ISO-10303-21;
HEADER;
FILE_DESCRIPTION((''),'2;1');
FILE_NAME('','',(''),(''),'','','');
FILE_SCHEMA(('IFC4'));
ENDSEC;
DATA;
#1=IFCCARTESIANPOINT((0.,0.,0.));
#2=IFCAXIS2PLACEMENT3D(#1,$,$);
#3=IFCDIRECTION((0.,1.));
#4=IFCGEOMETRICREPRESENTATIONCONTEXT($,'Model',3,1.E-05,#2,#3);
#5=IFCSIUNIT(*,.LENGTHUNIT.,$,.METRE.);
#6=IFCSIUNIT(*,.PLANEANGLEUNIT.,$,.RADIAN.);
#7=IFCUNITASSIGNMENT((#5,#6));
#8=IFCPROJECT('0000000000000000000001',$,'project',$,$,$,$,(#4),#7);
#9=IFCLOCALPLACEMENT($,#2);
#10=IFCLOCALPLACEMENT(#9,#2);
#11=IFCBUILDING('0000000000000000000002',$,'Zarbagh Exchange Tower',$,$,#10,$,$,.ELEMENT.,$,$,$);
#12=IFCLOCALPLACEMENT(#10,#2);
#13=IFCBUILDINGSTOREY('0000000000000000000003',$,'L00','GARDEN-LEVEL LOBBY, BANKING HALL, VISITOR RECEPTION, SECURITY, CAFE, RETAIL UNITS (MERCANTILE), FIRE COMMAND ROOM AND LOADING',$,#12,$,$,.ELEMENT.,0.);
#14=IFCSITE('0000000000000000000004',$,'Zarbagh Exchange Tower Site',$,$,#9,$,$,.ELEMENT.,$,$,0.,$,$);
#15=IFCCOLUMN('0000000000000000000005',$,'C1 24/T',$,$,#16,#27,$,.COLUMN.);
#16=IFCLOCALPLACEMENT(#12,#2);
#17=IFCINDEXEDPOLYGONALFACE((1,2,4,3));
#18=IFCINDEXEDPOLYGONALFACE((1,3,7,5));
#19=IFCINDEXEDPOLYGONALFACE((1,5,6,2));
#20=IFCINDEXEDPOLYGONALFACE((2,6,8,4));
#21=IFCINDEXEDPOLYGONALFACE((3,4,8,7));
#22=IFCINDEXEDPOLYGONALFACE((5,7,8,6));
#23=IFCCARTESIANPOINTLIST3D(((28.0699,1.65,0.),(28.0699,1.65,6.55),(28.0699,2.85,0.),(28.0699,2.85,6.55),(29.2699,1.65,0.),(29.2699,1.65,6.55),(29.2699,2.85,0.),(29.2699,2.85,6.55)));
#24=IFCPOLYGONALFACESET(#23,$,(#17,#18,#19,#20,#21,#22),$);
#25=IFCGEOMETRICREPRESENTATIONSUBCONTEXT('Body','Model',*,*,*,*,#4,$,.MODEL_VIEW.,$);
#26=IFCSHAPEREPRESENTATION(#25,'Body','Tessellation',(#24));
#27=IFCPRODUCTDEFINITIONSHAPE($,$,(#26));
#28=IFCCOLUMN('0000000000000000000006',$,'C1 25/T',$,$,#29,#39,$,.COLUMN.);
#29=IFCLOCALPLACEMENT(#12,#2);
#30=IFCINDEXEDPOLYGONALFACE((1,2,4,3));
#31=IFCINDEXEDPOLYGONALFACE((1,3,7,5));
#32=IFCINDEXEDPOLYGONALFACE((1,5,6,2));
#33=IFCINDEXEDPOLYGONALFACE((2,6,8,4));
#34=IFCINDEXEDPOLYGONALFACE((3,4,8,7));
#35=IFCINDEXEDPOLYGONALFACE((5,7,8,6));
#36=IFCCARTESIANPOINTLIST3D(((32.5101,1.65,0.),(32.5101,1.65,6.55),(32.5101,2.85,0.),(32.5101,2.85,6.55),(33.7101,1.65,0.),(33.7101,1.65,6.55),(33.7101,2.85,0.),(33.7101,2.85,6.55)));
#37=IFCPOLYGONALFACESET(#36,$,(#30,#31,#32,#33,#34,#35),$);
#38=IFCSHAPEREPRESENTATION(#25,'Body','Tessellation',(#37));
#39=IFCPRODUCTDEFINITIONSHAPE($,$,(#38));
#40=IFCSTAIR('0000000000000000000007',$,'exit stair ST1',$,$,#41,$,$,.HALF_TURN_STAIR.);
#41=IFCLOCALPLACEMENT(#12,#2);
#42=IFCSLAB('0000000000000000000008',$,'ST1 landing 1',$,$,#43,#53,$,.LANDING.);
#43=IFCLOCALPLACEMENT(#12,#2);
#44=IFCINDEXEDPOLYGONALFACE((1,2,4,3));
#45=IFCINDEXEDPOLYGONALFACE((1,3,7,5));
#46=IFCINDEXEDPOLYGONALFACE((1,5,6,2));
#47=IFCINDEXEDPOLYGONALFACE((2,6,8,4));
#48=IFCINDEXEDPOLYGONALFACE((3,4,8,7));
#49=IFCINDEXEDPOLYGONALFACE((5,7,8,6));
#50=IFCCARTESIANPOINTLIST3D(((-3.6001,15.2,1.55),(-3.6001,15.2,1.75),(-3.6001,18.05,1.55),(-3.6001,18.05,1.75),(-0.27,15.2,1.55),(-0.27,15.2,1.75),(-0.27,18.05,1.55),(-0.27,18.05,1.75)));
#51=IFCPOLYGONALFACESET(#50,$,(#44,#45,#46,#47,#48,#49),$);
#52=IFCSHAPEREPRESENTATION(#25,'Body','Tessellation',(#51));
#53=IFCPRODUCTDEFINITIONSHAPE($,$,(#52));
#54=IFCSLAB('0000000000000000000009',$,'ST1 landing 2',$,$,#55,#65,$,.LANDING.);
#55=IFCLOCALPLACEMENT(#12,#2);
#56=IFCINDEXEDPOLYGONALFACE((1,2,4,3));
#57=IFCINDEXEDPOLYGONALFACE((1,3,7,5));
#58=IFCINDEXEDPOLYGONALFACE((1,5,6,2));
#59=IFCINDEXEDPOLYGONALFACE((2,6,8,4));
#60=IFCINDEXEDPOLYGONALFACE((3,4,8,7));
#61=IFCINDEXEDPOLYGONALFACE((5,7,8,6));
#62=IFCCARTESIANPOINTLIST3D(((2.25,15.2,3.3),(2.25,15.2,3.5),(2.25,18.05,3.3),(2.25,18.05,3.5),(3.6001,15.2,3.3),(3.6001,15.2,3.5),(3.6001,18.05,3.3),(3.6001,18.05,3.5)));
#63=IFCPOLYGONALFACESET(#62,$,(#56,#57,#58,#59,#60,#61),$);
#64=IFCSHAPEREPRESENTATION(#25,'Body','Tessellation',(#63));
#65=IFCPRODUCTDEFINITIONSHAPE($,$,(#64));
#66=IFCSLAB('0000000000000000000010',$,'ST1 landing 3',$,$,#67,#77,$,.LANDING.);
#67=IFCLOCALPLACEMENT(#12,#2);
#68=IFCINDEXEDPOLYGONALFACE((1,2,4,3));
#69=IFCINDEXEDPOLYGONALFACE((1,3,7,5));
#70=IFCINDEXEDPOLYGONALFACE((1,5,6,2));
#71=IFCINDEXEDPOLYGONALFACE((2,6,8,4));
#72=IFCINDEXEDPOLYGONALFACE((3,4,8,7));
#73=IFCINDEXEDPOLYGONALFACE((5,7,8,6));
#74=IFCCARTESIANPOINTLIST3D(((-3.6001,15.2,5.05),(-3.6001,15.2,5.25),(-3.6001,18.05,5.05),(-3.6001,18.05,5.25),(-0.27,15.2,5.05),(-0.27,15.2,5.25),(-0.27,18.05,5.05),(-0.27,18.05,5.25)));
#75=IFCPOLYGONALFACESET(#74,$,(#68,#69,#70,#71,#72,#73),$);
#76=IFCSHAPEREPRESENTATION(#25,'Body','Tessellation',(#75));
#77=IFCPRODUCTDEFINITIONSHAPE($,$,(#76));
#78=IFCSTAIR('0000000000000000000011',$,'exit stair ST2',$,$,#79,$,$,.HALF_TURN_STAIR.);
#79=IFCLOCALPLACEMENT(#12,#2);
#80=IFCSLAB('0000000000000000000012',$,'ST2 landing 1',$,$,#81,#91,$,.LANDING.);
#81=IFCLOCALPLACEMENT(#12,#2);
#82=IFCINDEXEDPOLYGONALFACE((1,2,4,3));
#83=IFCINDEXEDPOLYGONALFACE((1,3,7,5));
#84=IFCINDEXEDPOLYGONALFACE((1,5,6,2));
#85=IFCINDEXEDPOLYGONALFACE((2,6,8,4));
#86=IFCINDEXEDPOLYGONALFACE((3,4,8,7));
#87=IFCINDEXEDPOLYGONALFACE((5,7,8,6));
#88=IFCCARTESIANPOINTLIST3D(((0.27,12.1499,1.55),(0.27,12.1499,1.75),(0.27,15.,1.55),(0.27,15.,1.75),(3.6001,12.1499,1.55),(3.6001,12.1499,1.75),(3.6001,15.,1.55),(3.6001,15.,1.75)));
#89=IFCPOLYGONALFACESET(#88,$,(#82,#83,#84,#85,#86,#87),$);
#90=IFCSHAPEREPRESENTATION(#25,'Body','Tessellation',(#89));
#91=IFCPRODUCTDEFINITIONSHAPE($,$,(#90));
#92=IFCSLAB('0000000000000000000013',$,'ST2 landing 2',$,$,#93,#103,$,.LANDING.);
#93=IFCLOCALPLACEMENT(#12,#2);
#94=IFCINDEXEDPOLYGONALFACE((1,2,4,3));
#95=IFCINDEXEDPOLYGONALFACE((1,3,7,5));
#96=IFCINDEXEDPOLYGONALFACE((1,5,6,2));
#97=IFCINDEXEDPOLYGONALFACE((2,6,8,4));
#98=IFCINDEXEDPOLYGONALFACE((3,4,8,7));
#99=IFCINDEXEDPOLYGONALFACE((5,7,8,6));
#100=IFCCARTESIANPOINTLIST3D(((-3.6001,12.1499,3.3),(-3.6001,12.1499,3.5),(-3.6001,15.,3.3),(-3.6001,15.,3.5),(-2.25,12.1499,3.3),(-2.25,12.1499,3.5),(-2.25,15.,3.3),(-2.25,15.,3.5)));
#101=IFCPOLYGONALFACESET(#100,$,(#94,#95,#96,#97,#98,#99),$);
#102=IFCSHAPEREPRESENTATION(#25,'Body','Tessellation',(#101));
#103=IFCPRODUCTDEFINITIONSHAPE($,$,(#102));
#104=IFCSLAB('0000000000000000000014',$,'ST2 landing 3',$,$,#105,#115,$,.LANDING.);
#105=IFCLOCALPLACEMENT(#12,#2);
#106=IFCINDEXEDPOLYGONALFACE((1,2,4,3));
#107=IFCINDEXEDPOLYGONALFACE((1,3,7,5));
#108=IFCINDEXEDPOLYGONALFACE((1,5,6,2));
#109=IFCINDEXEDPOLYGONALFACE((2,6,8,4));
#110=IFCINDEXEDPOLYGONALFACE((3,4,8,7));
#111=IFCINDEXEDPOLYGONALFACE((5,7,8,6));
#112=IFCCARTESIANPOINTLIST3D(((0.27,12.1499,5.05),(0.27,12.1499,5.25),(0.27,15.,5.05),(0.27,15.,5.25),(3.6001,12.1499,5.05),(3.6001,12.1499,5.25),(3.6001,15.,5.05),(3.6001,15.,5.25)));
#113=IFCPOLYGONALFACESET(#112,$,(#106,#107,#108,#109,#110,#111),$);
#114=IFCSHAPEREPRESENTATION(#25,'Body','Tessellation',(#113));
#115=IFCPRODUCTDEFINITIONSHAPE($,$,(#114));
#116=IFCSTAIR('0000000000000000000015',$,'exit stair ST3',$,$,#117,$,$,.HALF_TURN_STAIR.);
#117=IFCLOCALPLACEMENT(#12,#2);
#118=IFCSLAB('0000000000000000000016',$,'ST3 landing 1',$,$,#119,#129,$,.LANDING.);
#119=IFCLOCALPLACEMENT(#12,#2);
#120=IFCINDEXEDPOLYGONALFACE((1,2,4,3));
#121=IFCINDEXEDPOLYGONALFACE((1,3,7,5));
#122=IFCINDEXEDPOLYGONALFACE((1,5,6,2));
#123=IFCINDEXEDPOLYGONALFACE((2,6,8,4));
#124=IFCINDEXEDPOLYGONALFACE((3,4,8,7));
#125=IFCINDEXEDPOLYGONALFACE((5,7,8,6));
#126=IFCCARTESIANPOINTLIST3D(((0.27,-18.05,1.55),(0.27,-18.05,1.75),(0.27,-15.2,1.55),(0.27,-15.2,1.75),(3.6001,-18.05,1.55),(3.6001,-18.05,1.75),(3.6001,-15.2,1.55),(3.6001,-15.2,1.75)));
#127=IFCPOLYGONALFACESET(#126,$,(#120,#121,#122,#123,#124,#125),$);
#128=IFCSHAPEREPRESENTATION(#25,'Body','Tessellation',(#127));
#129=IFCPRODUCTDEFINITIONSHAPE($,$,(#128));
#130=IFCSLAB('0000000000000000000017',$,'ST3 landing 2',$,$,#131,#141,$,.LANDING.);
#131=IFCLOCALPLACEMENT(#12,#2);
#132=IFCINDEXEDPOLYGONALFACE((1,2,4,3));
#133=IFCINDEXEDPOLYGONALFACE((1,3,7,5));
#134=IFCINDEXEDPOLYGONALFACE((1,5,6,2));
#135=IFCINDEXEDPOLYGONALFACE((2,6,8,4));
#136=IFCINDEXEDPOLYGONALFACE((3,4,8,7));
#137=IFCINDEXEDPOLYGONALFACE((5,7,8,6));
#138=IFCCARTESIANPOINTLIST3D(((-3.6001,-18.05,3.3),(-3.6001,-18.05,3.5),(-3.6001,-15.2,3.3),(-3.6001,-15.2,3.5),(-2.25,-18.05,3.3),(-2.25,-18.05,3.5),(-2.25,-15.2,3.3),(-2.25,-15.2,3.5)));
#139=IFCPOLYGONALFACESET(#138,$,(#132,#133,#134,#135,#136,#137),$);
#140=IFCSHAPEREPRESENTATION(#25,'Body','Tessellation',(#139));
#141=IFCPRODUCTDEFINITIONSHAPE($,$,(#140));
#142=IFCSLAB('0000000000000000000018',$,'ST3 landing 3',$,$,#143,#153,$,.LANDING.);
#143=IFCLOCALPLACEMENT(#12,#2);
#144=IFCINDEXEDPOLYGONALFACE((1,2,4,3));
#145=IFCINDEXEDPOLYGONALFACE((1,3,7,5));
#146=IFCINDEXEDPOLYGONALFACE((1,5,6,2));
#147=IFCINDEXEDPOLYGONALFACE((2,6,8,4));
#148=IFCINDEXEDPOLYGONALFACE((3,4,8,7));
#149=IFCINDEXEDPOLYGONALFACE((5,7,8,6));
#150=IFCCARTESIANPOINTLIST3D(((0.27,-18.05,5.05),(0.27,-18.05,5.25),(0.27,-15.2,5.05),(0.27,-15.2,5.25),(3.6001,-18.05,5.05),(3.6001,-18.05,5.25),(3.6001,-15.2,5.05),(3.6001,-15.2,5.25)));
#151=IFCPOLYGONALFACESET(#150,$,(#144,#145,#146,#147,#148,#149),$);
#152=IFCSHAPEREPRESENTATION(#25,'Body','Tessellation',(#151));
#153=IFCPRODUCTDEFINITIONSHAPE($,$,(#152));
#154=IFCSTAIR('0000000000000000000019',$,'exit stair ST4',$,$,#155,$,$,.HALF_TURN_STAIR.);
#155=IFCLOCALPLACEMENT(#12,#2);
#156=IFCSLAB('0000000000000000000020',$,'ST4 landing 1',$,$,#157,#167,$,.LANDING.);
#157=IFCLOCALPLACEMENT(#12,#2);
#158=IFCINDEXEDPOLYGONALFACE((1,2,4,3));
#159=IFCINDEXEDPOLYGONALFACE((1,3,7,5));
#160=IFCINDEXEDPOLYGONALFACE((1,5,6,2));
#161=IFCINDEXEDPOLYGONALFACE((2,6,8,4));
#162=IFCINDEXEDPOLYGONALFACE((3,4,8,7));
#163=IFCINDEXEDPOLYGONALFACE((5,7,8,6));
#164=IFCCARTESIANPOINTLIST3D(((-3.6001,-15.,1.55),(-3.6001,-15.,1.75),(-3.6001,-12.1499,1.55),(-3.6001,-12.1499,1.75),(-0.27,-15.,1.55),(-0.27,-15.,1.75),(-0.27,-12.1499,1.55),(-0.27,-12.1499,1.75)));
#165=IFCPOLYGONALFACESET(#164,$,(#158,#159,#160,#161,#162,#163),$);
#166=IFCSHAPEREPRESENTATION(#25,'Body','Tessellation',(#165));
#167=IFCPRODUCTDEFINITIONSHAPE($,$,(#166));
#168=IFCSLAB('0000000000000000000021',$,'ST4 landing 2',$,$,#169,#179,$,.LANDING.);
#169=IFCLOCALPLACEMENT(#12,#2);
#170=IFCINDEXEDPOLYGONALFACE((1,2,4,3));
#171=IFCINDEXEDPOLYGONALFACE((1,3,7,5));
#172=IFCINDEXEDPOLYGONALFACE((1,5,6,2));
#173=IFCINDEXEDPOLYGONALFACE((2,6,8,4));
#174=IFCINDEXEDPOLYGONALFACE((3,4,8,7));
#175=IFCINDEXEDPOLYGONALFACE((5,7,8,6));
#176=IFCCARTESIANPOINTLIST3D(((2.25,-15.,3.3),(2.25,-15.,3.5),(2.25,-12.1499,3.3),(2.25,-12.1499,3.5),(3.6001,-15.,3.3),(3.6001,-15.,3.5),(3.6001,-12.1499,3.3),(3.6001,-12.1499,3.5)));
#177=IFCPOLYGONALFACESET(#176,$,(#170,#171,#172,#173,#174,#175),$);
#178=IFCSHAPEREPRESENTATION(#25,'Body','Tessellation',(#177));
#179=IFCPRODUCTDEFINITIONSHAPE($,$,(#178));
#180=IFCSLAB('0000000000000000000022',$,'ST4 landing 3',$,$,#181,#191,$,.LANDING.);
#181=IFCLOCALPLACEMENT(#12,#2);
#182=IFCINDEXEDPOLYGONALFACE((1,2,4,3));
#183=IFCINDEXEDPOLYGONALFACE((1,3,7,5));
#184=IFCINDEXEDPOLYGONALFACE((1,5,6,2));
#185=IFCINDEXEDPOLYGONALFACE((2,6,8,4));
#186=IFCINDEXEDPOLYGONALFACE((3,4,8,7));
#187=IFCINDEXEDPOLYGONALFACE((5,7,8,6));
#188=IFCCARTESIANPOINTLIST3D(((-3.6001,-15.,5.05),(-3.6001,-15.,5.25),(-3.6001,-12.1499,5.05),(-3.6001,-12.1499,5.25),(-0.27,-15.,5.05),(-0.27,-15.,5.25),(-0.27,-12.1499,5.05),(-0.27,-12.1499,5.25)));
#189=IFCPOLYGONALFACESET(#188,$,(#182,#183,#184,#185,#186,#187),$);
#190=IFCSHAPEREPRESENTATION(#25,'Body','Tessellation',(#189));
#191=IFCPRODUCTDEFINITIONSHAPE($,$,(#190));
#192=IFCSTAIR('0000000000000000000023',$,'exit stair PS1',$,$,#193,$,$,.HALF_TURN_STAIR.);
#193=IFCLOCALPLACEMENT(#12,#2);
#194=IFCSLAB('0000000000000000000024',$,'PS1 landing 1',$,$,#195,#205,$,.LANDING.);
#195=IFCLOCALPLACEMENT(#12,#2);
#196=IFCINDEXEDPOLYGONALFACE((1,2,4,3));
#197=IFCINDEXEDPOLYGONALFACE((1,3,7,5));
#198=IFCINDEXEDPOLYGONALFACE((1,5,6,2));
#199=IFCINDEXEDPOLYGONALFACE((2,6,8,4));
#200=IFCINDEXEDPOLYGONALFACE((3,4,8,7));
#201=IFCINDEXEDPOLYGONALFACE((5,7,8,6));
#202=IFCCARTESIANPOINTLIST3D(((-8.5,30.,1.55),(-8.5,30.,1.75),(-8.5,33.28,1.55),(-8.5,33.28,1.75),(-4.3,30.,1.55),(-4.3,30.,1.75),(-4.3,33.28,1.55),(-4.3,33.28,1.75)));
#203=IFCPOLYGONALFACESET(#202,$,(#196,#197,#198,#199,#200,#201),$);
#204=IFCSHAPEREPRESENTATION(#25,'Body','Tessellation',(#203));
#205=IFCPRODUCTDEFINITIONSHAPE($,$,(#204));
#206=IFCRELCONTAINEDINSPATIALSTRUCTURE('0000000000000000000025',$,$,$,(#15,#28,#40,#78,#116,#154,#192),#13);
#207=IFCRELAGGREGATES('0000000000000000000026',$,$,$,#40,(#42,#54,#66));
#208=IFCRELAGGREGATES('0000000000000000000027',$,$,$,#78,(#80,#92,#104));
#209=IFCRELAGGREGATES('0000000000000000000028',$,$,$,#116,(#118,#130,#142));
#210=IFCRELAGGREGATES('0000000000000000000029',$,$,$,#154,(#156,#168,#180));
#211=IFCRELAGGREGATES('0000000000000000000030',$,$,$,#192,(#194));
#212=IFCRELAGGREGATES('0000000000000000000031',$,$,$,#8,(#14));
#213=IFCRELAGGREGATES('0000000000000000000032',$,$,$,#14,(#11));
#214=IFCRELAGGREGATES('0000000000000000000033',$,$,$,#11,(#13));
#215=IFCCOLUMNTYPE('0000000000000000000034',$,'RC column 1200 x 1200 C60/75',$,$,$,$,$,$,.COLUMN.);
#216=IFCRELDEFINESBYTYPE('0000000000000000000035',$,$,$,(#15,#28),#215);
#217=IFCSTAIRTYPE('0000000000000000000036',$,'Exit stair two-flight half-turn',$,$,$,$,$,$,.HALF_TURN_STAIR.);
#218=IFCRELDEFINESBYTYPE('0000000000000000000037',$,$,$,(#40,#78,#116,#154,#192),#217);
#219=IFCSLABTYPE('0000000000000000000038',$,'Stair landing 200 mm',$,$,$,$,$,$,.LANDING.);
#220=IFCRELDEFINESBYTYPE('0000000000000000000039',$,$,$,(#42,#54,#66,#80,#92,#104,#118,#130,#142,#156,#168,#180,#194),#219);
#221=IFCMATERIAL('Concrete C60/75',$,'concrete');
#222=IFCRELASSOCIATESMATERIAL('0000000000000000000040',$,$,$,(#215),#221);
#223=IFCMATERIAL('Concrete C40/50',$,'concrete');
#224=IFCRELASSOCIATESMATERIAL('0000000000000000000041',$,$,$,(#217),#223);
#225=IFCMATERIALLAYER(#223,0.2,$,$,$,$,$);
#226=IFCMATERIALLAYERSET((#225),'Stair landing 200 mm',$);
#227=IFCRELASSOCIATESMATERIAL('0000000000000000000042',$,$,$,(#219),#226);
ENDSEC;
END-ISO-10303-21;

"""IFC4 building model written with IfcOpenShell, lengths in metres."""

from ifc_helpers import new_model, si_unit, direction, frame, origin, origin_2d, place, context, subcontext, project, spatial, polyline, rectangle, outline, extrude, material, layer, layer_set, material_profile, profile_set, type_object, element, aggregate, save


model = new_model("IFC4")

# Units and contexts
model_context = context("Model", 3, precision=1e-05, world=origin(), true_north=direction((0.0, 1.0)))
body_context = subcontext(model_context, "Body", "Model", "MODEL_VIEW")
ifc_project = project(units=[si_unit("LENGTHUNIT", "METRE"), si_unit("PLANEANGLEUNIT", "RADIAN")], contexts=[model_context])

# Site, building, storey
site_placement = place(None, origin())
site = spatial("IfcSite", under=ifc_project, at=site_placement, Name="Zarbagh Exchange Tower Site", CompositionType="ELEMENT", RefElevation=0.0)
building_placement = place(site_placement, origin())
building = spatial("IfcBuilding", under=site, at=building_placement, Name="Zarbagh Exchange Tower", CompositionType="ELEMENT")
storey_placement = place(building_placement, origin())
storey = spatial("IfcBuildingStorey", under=building, at=storey_placement, Name="L00", Description="GARDEN-LEVEL LOBBY, BANKING HALL, VISITOR RECEPTION, SECURITY, CAFE, RETAIL UNITS (MERCANTILE), FIRE COMMAND ROOM AND LOADING", CompositionType="ELEMENT", Elevation=0.0)

# Columns
ifc_material_1 = material(Name="Concrete C60/75", Category="concrete")
ifc_material_profile = material_profile(ifc_material_1, rectangle(XDim=1.2, YDim=1.2, at=origin_2d()), Name="RC column 1200 x 1200 C60/75")
ifc_profile_set = profile_set([ifc_material_profile], Name="Concrete C60/75")
column_type = type_object("IfcColumnType", Name="RC column 1200 x 1200 C60/75", PredefinedType="COLUMN", material=ifc_profile_set)
for number, where, z_axis, x_axis, name in (
    (1, (28.6699, 2.25, 0.0), (0.0, 0.0, 1.0), (1.0, 0.0, 0.0), "C1 24/T"),
    (2, (33.1101, 2.25, 0.0), (0.0, 0.0, 1.0), (1.0, 0.0, 0.0), "C1 25/T"),
):
    element("IfcColumn", number, at=place(storey_placement, frame(where, z_axis=z_axis, x_axis=x_axis)), inside=storey, type_object=column_type, Name=name, PredefinedType="COLUMN", context=body_context, shape_type="SweptSolid", body=[
        extrude(rectangle(XDim=1.2, YDim=1.2, at=origin_2d()), origin(), (0.0, 0.0, 1.0), 6.55),
    ])

# Stairs, slabs
ifc_material_2 = material(Name="Concrete C40/50", Category="concrete")
stair_type = type_object("IfcStairType", Name="Exit stair two-flight half-turn", PredefinedType="HALF_TURN_STAIR", material=ifc_material_2)
stair_1_placement = place(storey_placement, origin())
stair_1 = element("IfcStair", 3, at=stair_1_placement, inside=storey, type_object=stair_type, Name="exit stair ST1", PredefinedType="HALF_TURN_STAIR")
ifc_layer_1 = layer(ifc_material_2, 0.2)
ifc_layer_set_1 = layer_set([ifc_layer_1], Name="Stair landing 200 mm")
slab_type_1 = type_object("IfcSlabType", Name="Stair landing 200 mm", PredefinedType="LANDING", material=ifc_layer_set_1)
slab_1_placement = place(storey_placement, frame((0.0, 0.0, 1.55)))
slab_1 = element("IfcSlab", 4, at=slab_1_placement, type_object=slab_type_1, Name="ST1 landing 1", PredefinedType="LANDING", context=body_context, shape_type="SweptSolid", body=[
    extrude(outline(polyline([(-0.27, 18.05), (-3.6001, 18.05), (-3.6001, 15.2), (-0.27, 15.2), (-0.27, 18.05)])), origin(), (0.0, 0.0, 1.0), 0.2),
])
slab_2_placement = place(storey_placement, frame((0.0, 0.0, 3.3)))
slab_2 = element("IfcSlab", 5, at=slab_2_placement, type_object=slab_type_1, Name="ST1 landing 2", PredefinedType="LANDING", context=body_context, shape_type="SweptSolid", body=[
    extrude(outline(polyline([(3.6001, 18.05), (2.25, 18.05), (2.25, 15.2), (3.6001, 15.2), (3.6001, 18.05)])), origin(), (0.0, 0.0, 1.0), 0.2),
])
slab_3_placement = place(storey_placement, frame((0.0, 0.0, 5.05)))
slab_3 = element("IfcSlab", 6, at=slab_3_placement, type_object=slab_type_1, Name="ST1 landing 3", PredefinedType="LANDING", context=body_context, shape_type="SweptSolid", body=[
    extrude(outline(polyline([(-0.27, 18.05), (-3.6001, 18.05), (-3.6001, 15.2), (-0.27, 15.2), (-0.27, 18.05)])), origin(), (0.0, 0.0, 1.0), 0.2),
])
aggregate(stair_1, [slab_1, slab_2, slab_3])
stair_2_placement = place(storey_placement, origin())
stair_2 = element("IfcStair", 7, at=stair_2_placement, inside=storey, type_object=stair_type, Name="exit stair ST2", PredefinedType="HALF_TURN_STAIR")
slab_4_placement = place(storey_placement, frame((0.0, 0.0, 1.55)))
slab_4 = element("IfcSlab", 8, at=slab_4_placement, type_object=slab_type_1, Name="ST2 landing 1", PredefinedType="LANDING", context=body_context, shape_type="SweptSolid", body=[
    extrude(outline(polyline([(0.27, 12.1499), (3.6001, 12.1499), (3.6001, 15.0), (0.27, 15.0), (0.27, 12.1499)])), origin(), (0.0, 0.0, 1.0), 0.2),
])
slab_5_placement = place(storey_placement, frame((0.0, 0.0, 3.3)))
slab_5 = element("IfcSlab", 9, at=slab_5_placement, type_object=slab_type_1, Name="ST2 landing 2", PredefinedType="LANDING", context=body_context, shape_type="SweptSolid", body=[
    extrude(outline(polyline([(-3.6001, 12.1499), (-2.25, 12.1499), (-2.25, 15.0), (-3.6001, 15.0), (-3.6001, 12.1499)])), origin(), (0.0, 0.0, 1.0), 0.2),
])
slab_6_placement = place(storey_placement, frame((0.0, 0.0, 5.05)))
slab_6 = element("IfcSlab", 10, at=slab_6_placement, type_object=slab_type_1, Name="ST2 landing 3", PredefinedType="LANDING", context=body_context, shape_type="SweptSolid", body=[
    extrude(outline(polyline([(0.27, 12.1499), (3.6001, 12.1499), (3.6001, 15.0), (0.27, 15.0), (0.27, 12.1499)])), origin(), (0.0, 0.0, 1.0), 0.2),
])
aggregate(stair_2, [slab_4, slab_5, slab_6])
stair_3_placement = place(storey_placement, origin())
stair_3 = element("IfcStair", 11, at=stair_3_placement, inside=storey, type_object=stair_type, Name="exit stair ST3", PredefinedType="HALF_TURN_STAIR")
slab_7_placement = place(storey_placement, frame((0.0, 0.0, 1.55)))
slab_7 = element("IfcSlab", 12, at=slab_7_placement, type_object=slab_type_1, Name="ST3 landing 1", PredefinedType="LANDING", context=body_context, shape_type="SweptSolid", body=[
    extrude(outline(polyline([(0.27, -18.05), (3.6001, -18.05), (3.6001, -15.2), (0.27, -15.2), (0.27, -18.05)])), origin(), (0.0, 0.0, 1.0), 0.2),
])
slab_8_placement = place(storey_placement, frame((0.0, 0.0, 3.3)))
slab_8 = element("IfcSlab", 13, at=slab_8_placement, type_object=slab_type_1, Name="ST3 landing 2", PredefinedType="LANDING", context=body_context, shape_type="SweptSolid", body=[
    extrude(outline(polyline([(-3.6001, -18.05), (-2.25, -18.05), (-2.25, -15.2), (-3.6001, -15.2), (-3.6001, -18.05)])), origin(), (0.0, 0.0, 1.0), 0.2),
])
slab_9_placement = place(storey_placement, frame((0.0, 0.0, 5.05)))
slab_9 = element("IfcSlab", 14, at=slab_9_placement, type_object=slab_type_1, Name="ST3 landing 3", PredefinedType="LANDING", context=body_context, shape_type="SweptSolid", body=[
    extrude(outline(polyline([(0.27, -18.05), (3.6001, -18.05), (3.6001, -15.2), (0.27, -15.2), (0.27, -18.05)])), origin(), (0.0, 0.0, 1.0), 0.2),
])
aggregate(stair_3, [slab_7, slab_8, slab_9])
stair_4_placement = place(storey_placement, origin())
stair_4 = element("IfcStair", 15, at=stair_4_placement, inside=storey, type_object=stair_type, Name="exit stair ST4", PredefinedType="HALF_TURN_STAIR")
slab_10_placement = place(storey_placement, frame((0.0, 0.0, 1.55)))
slab_10 = element("IfcSlab", 16, at=slab_10_placement, type_object=slab_type_1, Name="ST4 landing 1", PredefinedType="LANDING", context=body_context, shape_type="SweptSolid", body=[
    extrude(outline(polyline([(-0.27, -12.1499), (-3.6001, -12.1499), (-3.6001, -15.0), (-0.27, -15.0), (-0.27, -12.1499)])), origin(), (0.0, 0.0, 1.0), 0.2),
])
slab_11_placement = place(storey_placement, frame((0.0, 0.0, 3.3)))
slab_11 = element("IfcSlab", 17, at=slab_11_placement, type_object=slab_type_1, Name="ST4 landing 2", PredefinedType="LANDING", context=body_context, shape_type="SweptSolid", body=[
    extrude(outline(polyline([(3.6001, -12.1499), (2.25, -12.1499), (2.25, -15.0), (3.6001, -15.0), (3.6001, -12.1499)])), origin(), (0.0, 0.0, 1.0), 0.2),
])
slab_12_placement = place(storey_placement, frame((0.0, 0.0, 5.05)))
slab_12 = element("IfcSlab", 18, at=slab_12_placement, type_object=slab_type_1, Name="ST4 landing 3", PredefinedType="LANDING", context=body_context, shape_type="SweptSolid", body=[
    extrude(outline(polyline([(-0.27, -12.1499), (-3.6001, -12.1499), (-3.6001, -15.0), (-0.27, -15.0), (-0.27, -12.1499)])), origin(), (0.0, 0.0, 1.0), 0.2),
])
aggregate(stair_4, [slab_10, slab_11, slab_12])
stair_5_placement = place(storey_placement, origin())
stair_5 = element("IfcStair", 19, at=stair_5_placement, inside=storey, type_object=stair_type, Name="exit stair PS1", PredefinedType="HALF_TURN_STAIR")
slab_13_placement = place(storey_placement, frame((0.0, 0.0, 1.55)))
slab_13 = element("IfcSlab", 20, at=slab_13_placement, type_object=slab_type_1, Name="PS1 landing 1", PredefinedType="LANDING", context=body_context, shape_type="SweptSolid", body=[
    extrude(outline(polyline([(-8.5, 33.28), (-8.5, 30.0), (-4.3, 30.0), (-4.3, 33.28), (-8.5, 33.28)])), origin(), (0.0, 0.0, 1.0), 0.2),
])
aggregate(stair_5, [slab_13])

save(model, "model.ifc")
